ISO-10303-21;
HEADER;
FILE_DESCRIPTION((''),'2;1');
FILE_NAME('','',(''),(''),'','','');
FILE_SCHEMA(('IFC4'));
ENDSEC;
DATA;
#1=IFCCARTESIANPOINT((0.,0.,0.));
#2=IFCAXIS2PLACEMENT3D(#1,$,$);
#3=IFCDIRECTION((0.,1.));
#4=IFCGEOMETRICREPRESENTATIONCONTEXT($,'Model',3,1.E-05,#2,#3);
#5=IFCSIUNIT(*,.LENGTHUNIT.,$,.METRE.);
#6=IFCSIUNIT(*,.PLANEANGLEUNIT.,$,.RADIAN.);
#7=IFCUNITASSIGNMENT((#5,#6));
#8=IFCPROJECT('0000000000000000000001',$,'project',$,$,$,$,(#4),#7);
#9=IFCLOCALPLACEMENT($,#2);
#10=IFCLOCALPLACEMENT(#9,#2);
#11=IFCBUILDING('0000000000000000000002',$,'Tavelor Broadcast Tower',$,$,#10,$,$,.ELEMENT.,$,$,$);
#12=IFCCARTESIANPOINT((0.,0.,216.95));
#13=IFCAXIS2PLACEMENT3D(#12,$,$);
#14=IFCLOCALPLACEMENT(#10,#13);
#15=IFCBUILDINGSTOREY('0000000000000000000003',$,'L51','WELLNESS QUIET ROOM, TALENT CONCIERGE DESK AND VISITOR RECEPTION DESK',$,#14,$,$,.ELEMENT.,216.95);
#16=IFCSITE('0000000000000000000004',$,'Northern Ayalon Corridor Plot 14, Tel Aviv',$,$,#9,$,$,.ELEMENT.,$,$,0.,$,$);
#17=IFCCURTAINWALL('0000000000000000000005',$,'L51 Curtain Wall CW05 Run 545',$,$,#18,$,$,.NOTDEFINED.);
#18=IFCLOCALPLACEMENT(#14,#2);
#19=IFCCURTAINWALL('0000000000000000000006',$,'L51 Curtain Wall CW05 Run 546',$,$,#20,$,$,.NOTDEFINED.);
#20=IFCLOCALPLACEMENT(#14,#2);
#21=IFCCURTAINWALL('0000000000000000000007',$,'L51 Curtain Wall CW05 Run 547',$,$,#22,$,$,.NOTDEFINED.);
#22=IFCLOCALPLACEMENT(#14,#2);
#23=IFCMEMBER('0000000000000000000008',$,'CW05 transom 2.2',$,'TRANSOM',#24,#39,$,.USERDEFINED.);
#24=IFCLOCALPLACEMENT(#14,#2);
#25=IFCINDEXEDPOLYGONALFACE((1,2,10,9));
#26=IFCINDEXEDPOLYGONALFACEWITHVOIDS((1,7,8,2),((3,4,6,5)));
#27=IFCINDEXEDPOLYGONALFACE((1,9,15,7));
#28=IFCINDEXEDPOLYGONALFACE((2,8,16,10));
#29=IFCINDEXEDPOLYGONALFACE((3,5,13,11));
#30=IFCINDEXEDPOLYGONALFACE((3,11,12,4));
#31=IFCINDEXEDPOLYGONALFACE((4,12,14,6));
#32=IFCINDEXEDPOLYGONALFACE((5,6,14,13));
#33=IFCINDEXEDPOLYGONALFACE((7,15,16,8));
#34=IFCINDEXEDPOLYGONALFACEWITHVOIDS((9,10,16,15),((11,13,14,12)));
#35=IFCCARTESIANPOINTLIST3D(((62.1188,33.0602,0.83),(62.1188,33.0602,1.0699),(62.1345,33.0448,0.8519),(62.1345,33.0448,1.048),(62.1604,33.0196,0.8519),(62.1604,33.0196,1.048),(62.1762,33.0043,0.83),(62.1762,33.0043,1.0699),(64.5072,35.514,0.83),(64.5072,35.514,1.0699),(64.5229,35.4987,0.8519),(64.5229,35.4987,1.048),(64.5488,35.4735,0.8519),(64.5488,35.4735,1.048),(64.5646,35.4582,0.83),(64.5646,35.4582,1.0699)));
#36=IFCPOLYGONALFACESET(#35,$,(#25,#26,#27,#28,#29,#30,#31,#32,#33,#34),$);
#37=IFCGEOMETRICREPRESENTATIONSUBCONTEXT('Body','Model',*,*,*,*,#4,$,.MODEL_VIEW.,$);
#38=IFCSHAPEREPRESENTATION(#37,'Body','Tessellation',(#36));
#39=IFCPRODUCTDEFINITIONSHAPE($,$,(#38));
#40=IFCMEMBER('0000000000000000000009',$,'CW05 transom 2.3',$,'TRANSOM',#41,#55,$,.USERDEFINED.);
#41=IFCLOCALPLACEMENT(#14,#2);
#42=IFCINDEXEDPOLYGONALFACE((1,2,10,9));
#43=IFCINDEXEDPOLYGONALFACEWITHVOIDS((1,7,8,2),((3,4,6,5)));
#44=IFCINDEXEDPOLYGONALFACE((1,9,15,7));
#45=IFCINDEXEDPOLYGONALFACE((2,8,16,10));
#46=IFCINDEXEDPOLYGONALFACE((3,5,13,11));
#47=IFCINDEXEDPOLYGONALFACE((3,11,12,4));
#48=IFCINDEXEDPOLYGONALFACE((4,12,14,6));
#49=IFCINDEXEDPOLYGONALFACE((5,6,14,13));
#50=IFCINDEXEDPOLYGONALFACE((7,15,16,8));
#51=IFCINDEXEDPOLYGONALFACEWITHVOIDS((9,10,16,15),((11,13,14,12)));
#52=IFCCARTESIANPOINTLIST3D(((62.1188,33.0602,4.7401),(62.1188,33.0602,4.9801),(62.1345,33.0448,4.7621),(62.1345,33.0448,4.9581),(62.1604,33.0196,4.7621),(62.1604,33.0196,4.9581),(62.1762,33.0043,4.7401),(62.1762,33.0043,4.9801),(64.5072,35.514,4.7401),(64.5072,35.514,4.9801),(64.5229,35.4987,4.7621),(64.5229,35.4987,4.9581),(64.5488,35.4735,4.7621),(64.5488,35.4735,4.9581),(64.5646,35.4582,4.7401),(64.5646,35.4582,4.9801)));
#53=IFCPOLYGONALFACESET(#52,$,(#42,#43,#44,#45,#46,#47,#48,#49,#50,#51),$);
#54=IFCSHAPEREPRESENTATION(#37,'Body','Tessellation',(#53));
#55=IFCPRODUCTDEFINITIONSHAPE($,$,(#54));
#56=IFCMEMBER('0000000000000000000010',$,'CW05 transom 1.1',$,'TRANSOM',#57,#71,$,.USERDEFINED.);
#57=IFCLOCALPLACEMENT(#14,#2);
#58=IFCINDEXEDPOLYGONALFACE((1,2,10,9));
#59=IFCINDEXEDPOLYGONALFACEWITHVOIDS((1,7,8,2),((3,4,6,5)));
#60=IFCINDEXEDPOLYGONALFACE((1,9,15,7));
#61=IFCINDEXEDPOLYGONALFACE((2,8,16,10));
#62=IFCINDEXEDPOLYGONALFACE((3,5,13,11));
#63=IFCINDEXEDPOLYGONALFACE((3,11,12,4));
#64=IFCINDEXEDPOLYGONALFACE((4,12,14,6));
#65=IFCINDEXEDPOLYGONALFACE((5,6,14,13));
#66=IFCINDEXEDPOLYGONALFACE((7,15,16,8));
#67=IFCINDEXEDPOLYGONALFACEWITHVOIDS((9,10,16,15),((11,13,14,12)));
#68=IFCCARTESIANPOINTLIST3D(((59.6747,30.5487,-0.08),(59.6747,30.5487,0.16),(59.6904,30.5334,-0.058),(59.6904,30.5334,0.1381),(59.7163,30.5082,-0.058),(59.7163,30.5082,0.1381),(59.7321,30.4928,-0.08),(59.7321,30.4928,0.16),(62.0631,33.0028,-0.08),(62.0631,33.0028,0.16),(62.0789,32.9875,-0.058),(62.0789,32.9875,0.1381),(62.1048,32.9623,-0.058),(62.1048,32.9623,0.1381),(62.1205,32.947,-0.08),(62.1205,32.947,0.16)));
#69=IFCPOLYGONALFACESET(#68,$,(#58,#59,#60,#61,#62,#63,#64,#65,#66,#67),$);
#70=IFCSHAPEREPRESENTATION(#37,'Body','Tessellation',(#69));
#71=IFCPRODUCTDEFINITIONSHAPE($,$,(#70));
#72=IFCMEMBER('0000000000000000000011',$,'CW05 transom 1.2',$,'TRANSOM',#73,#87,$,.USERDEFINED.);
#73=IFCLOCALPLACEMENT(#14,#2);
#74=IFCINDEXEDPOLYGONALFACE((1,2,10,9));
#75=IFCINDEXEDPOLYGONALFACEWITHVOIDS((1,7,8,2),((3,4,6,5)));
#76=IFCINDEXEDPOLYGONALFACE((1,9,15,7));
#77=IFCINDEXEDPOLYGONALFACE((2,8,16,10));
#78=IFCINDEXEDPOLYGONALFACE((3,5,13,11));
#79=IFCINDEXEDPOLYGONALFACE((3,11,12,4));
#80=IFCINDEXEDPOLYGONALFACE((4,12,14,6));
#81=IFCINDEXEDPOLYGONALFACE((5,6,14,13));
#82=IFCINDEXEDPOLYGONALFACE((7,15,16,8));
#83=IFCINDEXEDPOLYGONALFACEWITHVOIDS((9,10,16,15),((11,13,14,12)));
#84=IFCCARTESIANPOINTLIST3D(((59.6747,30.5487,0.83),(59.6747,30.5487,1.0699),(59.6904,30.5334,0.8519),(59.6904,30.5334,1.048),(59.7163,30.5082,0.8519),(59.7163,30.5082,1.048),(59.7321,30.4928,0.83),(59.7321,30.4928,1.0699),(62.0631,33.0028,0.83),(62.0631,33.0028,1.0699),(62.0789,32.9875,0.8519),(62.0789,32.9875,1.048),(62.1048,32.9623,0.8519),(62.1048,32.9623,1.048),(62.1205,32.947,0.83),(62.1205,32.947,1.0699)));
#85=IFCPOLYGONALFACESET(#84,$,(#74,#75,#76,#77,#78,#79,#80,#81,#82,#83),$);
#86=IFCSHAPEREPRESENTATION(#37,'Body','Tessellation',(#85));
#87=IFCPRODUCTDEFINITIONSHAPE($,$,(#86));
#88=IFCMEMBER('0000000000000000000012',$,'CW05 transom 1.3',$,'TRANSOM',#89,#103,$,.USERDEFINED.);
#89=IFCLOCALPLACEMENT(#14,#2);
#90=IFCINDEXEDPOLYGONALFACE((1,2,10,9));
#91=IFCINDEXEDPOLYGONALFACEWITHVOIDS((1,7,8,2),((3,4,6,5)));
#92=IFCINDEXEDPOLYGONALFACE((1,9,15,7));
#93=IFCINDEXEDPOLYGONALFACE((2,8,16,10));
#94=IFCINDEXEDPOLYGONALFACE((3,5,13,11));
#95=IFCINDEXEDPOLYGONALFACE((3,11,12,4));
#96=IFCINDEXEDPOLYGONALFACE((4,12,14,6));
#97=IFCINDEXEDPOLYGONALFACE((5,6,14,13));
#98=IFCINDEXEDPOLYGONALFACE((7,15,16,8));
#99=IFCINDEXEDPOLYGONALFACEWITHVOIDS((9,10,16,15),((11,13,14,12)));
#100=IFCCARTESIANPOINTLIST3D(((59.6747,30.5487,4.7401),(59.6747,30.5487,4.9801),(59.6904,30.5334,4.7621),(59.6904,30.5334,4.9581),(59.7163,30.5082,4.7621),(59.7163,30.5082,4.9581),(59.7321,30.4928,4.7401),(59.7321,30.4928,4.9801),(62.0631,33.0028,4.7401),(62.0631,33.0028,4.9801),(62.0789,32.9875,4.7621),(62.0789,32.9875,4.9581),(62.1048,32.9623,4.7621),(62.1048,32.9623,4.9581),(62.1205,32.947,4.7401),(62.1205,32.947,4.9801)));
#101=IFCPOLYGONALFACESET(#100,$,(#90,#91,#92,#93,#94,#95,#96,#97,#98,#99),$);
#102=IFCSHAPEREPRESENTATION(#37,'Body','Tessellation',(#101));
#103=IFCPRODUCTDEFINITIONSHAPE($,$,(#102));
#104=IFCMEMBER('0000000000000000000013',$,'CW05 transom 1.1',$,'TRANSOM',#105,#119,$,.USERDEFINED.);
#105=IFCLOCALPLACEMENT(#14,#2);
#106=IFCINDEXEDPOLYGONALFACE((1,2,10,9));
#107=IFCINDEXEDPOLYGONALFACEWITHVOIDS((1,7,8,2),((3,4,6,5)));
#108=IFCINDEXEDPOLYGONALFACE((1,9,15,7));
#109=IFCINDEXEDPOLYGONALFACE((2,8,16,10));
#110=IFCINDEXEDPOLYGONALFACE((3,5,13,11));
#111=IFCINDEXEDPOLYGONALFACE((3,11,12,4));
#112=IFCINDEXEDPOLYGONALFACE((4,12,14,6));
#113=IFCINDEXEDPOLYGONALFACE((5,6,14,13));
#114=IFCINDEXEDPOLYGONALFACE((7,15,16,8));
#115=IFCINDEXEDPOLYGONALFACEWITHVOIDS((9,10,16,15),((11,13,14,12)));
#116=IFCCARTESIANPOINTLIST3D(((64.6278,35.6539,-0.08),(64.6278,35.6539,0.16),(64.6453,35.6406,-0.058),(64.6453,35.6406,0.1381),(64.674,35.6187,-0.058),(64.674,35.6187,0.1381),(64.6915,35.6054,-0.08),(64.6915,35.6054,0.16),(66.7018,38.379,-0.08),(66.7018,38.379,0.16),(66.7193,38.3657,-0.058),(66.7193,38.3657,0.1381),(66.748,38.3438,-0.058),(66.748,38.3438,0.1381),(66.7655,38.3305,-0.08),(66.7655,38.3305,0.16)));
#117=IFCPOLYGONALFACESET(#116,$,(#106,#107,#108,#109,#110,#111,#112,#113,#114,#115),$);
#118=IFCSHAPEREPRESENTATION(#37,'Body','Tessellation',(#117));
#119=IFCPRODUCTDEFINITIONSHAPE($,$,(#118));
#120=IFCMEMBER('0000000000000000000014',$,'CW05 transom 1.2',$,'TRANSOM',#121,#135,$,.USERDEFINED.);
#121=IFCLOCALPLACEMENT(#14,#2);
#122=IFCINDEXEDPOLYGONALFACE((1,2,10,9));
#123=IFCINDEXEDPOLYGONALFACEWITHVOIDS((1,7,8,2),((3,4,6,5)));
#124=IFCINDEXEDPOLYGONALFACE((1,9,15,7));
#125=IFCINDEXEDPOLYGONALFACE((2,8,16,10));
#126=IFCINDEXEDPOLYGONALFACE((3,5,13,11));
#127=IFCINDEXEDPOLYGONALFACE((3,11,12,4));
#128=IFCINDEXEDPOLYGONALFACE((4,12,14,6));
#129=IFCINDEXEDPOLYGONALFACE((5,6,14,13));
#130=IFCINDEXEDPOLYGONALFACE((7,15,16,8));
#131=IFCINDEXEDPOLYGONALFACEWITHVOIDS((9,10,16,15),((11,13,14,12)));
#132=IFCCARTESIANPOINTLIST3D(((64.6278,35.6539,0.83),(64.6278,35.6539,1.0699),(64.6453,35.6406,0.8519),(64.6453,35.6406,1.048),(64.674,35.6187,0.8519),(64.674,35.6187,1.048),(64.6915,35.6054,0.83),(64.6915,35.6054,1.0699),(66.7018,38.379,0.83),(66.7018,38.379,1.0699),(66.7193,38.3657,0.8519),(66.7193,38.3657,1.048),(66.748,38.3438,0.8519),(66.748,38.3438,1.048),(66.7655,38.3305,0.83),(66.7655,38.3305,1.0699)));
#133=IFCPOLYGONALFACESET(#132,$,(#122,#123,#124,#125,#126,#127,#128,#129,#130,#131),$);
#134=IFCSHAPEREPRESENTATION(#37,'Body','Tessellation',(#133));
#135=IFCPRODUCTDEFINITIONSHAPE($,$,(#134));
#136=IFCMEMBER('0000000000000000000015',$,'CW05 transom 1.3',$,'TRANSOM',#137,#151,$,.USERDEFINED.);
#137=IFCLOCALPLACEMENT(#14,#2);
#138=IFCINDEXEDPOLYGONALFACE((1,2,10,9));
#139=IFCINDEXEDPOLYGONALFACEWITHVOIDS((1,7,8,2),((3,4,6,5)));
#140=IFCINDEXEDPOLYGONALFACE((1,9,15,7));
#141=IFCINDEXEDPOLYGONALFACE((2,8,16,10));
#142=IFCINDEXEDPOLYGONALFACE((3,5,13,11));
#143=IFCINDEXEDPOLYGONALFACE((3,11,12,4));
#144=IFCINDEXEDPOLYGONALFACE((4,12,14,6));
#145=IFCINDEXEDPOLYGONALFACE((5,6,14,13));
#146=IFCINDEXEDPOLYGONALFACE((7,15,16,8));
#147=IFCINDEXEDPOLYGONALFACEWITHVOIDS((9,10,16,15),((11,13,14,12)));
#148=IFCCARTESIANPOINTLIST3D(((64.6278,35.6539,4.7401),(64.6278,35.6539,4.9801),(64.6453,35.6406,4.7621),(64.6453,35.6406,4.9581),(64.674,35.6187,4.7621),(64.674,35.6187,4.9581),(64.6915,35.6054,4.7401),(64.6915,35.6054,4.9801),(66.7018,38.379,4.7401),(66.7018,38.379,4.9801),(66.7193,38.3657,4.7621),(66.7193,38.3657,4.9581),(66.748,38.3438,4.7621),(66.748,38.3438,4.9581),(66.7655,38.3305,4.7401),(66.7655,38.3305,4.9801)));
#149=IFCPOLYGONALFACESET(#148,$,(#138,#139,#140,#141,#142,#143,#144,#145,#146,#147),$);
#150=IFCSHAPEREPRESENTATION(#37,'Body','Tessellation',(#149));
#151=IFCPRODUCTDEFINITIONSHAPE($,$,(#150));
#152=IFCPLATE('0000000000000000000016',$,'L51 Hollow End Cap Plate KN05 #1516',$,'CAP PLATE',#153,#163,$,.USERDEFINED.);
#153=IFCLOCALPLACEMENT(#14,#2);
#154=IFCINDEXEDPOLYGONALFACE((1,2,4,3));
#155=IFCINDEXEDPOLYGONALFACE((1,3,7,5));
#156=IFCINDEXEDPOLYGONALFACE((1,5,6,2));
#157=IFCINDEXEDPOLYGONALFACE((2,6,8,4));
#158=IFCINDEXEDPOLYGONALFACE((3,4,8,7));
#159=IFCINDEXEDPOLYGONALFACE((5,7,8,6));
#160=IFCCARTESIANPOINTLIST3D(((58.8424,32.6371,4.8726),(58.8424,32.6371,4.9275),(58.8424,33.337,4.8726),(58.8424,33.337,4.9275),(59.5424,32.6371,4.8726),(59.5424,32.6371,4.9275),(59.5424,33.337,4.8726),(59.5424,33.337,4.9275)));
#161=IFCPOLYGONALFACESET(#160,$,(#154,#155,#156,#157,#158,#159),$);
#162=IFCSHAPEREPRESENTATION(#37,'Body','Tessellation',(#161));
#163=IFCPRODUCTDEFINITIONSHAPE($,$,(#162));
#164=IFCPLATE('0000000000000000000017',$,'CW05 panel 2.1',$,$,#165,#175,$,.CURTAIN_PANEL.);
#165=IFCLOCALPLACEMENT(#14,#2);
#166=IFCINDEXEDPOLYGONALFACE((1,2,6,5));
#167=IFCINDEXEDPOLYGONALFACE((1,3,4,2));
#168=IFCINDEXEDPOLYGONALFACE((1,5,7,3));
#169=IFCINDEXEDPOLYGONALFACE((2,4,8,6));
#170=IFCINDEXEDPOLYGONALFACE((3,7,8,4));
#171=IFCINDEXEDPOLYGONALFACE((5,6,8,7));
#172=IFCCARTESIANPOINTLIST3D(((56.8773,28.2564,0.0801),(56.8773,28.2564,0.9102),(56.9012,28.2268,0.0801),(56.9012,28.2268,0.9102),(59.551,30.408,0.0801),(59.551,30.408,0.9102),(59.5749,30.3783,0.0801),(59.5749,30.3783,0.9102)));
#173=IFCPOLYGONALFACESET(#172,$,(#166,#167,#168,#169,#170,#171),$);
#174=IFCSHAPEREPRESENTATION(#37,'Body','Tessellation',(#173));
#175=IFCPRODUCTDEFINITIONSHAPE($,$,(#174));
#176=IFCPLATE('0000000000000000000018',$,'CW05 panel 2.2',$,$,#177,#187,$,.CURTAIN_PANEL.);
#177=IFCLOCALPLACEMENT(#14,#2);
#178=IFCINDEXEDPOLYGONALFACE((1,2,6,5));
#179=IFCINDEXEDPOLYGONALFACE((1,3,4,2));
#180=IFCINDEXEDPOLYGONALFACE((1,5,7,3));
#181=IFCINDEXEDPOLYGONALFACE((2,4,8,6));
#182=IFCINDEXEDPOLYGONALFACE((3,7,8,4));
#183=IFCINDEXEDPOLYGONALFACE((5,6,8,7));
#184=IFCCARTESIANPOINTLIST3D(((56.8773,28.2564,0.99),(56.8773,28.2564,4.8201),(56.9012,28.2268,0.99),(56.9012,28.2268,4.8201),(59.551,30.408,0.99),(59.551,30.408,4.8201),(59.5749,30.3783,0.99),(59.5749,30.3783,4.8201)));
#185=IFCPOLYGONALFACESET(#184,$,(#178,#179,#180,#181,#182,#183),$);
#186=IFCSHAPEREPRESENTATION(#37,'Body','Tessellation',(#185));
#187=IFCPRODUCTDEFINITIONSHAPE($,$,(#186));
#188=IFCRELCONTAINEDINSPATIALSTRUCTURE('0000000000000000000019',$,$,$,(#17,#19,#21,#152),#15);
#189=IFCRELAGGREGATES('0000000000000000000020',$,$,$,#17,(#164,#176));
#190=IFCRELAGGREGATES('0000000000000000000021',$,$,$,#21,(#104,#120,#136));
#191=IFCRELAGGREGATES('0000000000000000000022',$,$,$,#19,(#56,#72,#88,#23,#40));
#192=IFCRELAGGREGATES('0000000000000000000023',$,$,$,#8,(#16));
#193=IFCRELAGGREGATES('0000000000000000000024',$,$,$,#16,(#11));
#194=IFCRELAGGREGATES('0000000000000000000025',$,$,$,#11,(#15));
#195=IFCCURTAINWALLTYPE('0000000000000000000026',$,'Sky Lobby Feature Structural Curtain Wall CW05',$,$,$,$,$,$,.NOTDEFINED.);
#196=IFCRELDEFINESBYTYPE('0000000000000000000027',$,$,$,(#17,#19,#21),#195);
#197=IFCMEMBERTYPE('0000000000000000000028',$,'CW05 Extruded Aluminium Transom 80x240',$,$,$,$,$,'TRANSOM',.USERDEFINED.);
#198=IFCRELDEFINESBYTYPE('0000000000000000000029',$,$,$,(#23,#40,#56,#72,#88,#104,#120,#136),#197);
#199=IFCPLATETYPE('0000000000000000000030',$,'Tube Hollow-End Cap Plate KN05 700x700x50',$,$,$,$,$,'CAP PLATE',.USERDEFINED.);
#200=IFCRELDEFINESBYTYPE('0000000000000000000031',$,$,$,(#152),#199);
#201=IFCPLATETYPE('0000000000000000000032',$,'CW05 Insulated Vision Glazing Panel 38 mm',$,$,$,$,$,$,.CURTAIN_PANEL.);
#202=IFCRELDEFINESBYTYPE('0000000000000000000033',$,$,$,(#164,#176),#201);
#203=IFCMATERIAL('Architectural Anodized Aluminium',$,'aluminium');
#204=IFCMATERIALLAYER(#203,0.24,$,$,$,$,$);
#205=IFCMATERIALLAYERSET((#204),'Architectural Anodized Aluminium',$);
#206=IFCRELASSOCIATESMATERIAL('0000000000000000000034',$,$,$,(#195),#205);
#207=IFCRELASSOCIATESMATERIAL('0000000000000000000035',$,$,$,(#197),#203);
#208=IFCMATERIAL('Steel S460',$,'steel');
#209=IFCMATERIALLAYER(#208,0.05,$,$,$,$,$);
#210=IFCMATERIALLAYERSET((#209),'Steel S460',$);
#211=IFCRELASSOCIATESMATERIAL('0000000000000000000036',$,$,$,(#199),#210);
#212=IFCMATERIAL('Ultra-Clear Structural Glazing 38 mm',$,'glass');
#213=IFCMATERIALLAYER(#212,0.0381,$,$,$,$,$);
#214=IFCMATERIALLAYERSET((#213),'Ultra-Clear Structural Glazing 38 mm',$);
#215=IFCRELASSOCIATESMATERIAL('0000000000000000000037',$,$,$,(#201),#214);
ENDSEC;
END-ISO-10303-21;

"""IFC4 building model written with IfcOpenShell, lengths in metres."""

from ifc_helpers import new_model, si_unit, direction, frame, origin, origin_2d, place, context, subcontext, project, spatial, rectangle, hollow_rectangle, extrude, source, transform, mapped, material, layer, layer_set, material_profile, profile_set, type_object, type_shapes, element, aggregate, save


model = new_model("IFC4")

# Units and contexts
model_context = context("Model", 3, precision=1e-05, world=origin(), true_north=direction((0.0, 1.0)))
body_context = subcontext(model_context, "Body", "Model", "MODEL_VIEW")
ifc_project = project(units=[si_unit("LENGTHUNIT", "METRE"), si_unit("PLANEANGLEUNIT", "RADIAN")], contexts=[model_context])

# Site, building, storey
site_placement = place(None, origin())
site = spatial("IfcSite", under=ifc_project, at=site_placement, Name="Northern Ayalon Corridor Plot 14, Tel Aviv", CompositionType="ELEMENT", RefElevation=0.0)
building_placement = place(site_placement, origin())
building = spatial("IfcBuilding", under=site, at=building_placement, Name="Tavelor Broadcast Tower", CompositionType="ELEMENT")
storey_placement = place(building_placement, frame((0.0, 0.0, 216.95)))
storey = spatial("IfcBuildingStorey", under=building, at=storey_placement, Name="L51", Description="WELLNESS QUIET ROOM, TALENT CONCIERGE DESK AND VISITOR RECEPTION DESK", CompositionType="ELEMENT", Elevation=216.95)

# Shared definitions
ifc_material_1 = material(Name="Steel S460", Category="steel")

# Curtain wall
ifc_material_2 = material(Name="Architectural Anodized Aluminium", Category="aluminium")
ifc_layer_1 = layer(ifc_material_2, 0.24)
ifc_layer_set_1 = layer_set([ifc_layer_1], Name="Architectural Anodized Aluminium")
curtain_wall_type = type_object("IfcCurtainWallType", Name="Sky Lobby Feature Structural Curtain Wall CW05", PredefinedType="NOTDEFINED", material=ifc_layer_set_1)
curtain_wall_1_placement = place(storey_placement, origin())
curtain_wall_1 = element("IfcCurtainWall", 1, at=curtain_wall_1_placement, inside=storey, type_object=curtain_wall_type, Name="L51 Curtain Wall CW05 Run 545", PredefinedType="NOTDEFINED")

# Curtain wall
curtain_wall_2_placement = place(storey_placement, origin())
curtain_wall_2 = element("IfcCurtainWall", 2, at=curtain_wall_2_placement, inside=storey, type_object=curtain_wall_type, Name="L51 Curtain Wall CW05 Run 546", PredefinedType="NOTDEFINED")

# Curtain wall
curtain_wall_3_placement = place(storey_placement, origin())
curtain_wall_3 = element("IfcCurtainWall", 3, at=curtain_wall_3_placement, inside=storey, type_object=curtain_wall_type, Name="L51 Curtain Wall CW05 Run 547", PredefinedType="NOTDEFINED")

# Members
ifc_material_profile_1 = material_profile(ifc_material_2, hollow_rectangle(XDim=0.0801, YDim=0.24, WallThickness=0.022, at=origin_2d()), Name="RHS 80x240x22")
ifc_profile_set_1 = profile_set([ifc_material_profile_1], Name="Architectural Anodized Aluminium")
member_type_1 = type_object("IfcMemberType", Name="CW05 Extruded Aluminium Transom 80x240", ElementType="TRANSOM", PredefinedType="USERDEFINED", material=ifc_profile_set_1)
shared_shape_1 = source(origin(), body_context, "Body", "SweptSolid", [
    extrude(hollow_rectangle(XDim=0.0801, YDim=0.24, WallThickness=0.022, at=origin_2d()), origin(), (0.0, 0.0, 1.0), 3.4243),
])
member_1_placement = place(storey_placement, frame((62.1475, 33.0322, 0.95), z_axis=(0.697489, 0.716596, 0.0), x_axis=(-0.716596, 0.697489, 0.0)))
member_1 = element("IfcMember", 4, at=member_1_placement, type_object=member_type_1, Name="CW05 transom 2.2", ObjectType="TRANSOM", PredefinedType="USERDEFINED", context=body_context, shape_type="MappedRepresentation", body=[
    mapped(shared_shape_1, transform((0.0, 0.0, 0.0), scale=1.0)),
])
member_2_placement = place(storey_placement, frame((62.1475, 33.0322, 4.8601), z_axis=(0.697489, 0.716596, 0.0), x_axis=(-0.716596, 0.697489, 0.0)))
member_2 = element("IfcMember", 5, at=member_2_placement, type_object=member_type_1, Name="CW05 transom 2.3", ObjectType="TRANSOM", PredefinedType="USERDEFINED", context=body_context, shape_type="MappedRepresentation", body=[
    mapped(shared_shape_1, transform((0.0, 0.0, 0.0), scale=1.0)),
])
shared_shape_2 = source(origin(), body_context, "Body", "SweptSolid", [
    extrude(hollow_rectangle(XDim=0.0801, YDim=0.24, WallThickness=0.022, at=origin_2d()), origin(), (0.0, 0.0, 1.0), 3.4246),
])
type_shapes(member_type_1, [shared_shape_1, shared_shape_2])
member_3_placement = place(storey_placement, frame((59.7034, 30.5208, 0.04), z_axis=(0.697453, 0.716631, 0.0), x_axis=(-0.716631, 0.697453, 0.0)))
member_3 = element("IfcMember", 6, at=member_3_placement, type_object=member_type_1, Name="CW05 transom 1.1", ObjectType="TRANSOM", PredefinedType="USERDEFINED", context=body_context, shape_type="MappedRepresentation", body=[
    mapped(shared_shape_2, transform((0.0, 0.0, 0.0), scale=1.0)),
])
member_4_placement = place(storey_placement, frame((59.7034, 30.5208, 0.95), z_axis=(0.697453, 0.716631, 0.0), x_axis=(-0.716631, 0.697453, 0.0)))
member_4 = element("IfcMember", 7, at=member_4_placement, type_object=member_type_1, Name="CW05 transom 1.2", ObjectType="TRANSOM", PredefinedType="USERDEFINED", context=body_context, shape_type="MappedRepresentation", body=[
    mapped(shared_shape_2, transform((0.0, 0.0, 0.0), scale=1.0)),
])
member_5_placement = place(storey_placement, frame((59.7034, 30.5208, 4.8601), z_axis=(0.697453, 0.716631, 0.0), x_axis=(-0.716631, 0.697453, 0.0)))
member_5 = element("IfcMember", 8, at=member_5_placement, type_object=member_type_1, Name="CW05 transom 1.3", ObjectType="TRANSOM", PredefinedType="USERDEFINED", context=body_context, shape_type="MappedRepresentation", body=[
    mapped(shared_shape_2, transform((0.0, 0.0, 0.0), scale=1.0)),
])
member_6_placement = place(storey_placement, frame((64.6597, 35.6296, 0.04), z_axis=(0.60562, 0.795754, 0.0), x_axis=(-0.795754, 0.60562, 0.0)))
member_6 = element("IfcMember", 9, at=member_6_placement, type_object=member_type_1, Name="CW05 transom 1.1", ObjectType="TRANSOM", PredefinedType="USERDEFINED", context=body_context, shape_type="MappedRepresentation", body=[
    mapped(shared_shape_2, transform((0.0, 0.0, 0.0), scale=1.0)),
])
member_7_placement = place(storey_placement, frame((64.6597, 35.6296, 0.95), z_axis=(0.60562, 0.795754, 0.0), x_axis=(-0.795754, 0.60562, 0.0)))
member_7 = element("IfcMember", 10, at=member_7_placement, type_object=member_type_1, Name="CW05 transom 1.2", ObjectType="TRANSOM", PredefinedType="USERDEFINED", context=body_context, shape_type="MappedRepresentation", body=[
    mapped(shared_shape_2, transform((0.0, 0.0, 0.0), scale=1.0)),
])
member_8_placement = place(storey_placement, frame((64.6597, 35.6296, 4.8601), z_axis=(0.60562, 0.795754, 0.0), x_axis=(-0.795754, 0.60562, 0.0)))
member_8 = element("IfcMember", 11, at=member_8_placement, type_object=member_type_1, Name="CW05 transom 1.3", ObjectType="TRANSOM", PredefinedType="USERDEFINED", context=body_context, shape_type="MappedRepresentation", body=[
    mapped(shared_shape_2, transform((0.0, 0.0, 0.0), scale=1.0)),
])

# Plates
ifc_layer_2 = layer(ifc_material_1, 0.05)
ifc_layer_set_2 = layer_set([ifc_layer_2], Name="Steel S460")
plate_type_1 = type_object("IfcPlateType", Name="Tube Hollow-End Cap Plate KN05 700x700x50", ElementType="CAP PLATE", PredefinedType="USERDEFINED", material=ifc_layer_set_2)
shared_shape_3 = source(origin(), body_context, "Body", "SweptSolid", [
    extrude(rectangle(XDim=0.7, YDim=0.7, at=origin_2d()), origin(), (0.0, 0.0, 1.0), 0.0549),
])
type_shapes(plate_type_1, [shared_shape_3])
plate_1_placement = place(storey_placement, frame((59.1924, 32.9871, 4.8726), z_axis=(0.0, 0.0, 1.0), x_axis=(1.0, 0.0, 0.0)))
element("IfcPlate", 12, at=plate_1_placement, inside=storey, type_object=plate_type_1, Name="L51 Hollow End Cap Plate KN05 #1516", ObjectType="CAP PLATE", PredefinedType="USERDEFINED", context=body_context, shape_type="MappedRepresentation", body=[
    mapped(shared_shape_3, transform((0.0, 0.0, 0.0), scale=1.0)),
])
ifc_material_3 = material(Name="Ultra-Clear Structural Glazing 38 mm", Category="glass")
ifc_layer_3 = layer(ifc_material_3, 0.0381)
ifc_layer_set_3 = layer_set([ifc_layer_3], Name="Ultra-Clear Structural Glazing 38 mm")
plate_type_2 = type_object("IfcPlateType", Name="CW05 Insulated Vision Glazing Panel 38 mm", PredefinedType="CURTAIN_PANEL", material=ifc_layer_set_3)
shared_shape_4 = source(origin(), body_context, "Body", "SweptSolid", [
    extrude(rectangle(XDim=3.4319, YDim=0.0381, at=origin_2d()), origin(), (0.0, 0.0, 1.0), 0.8301),
])
plate_2_placement = place(storey_placement, frame((58.2261, 29.3174, 0.0801), z_axis=(0.0, 0.0, 1.0), x_axis=(0.779069, 0.626938, 0.0)))
plate_2 = element("IfcPlate", 13, at=plate_2_placement, type_object=plate_type_2, Name="CW05 panel 2.1", PredefinedType="CURTAIN_PANEL", context=body_context, shape_type="MappedRepresentation", body=[
    mapped(shared_shape_4, transform((0.0, 0.0, 0.0), scale=1.0)),
])
shared_shape_5 = source(origin(), body_context, "Body", "SweptSolid", [
    extrude(rectangle(XDim=3.4319, YDim=0.0381, at=origin_2d()), origin(), (0.0, 0.0, 1.0), 3.8301),
])
plate_3_placement = place(storey_placement, frame((58.2261, 29.3174, 0.99), z_axis=(0.0, 0.0, 1.0), x_axis=(0.779069, 0.626938, 0.0)))
plate_3 = element("IfcPlate", 14, at=plate_3_placement, type_object=plate_type_2, Name="CW05 panel 2.2", PredefinedType="CURTAIN_PANEL", context=body_context, shape_type="MappedRepresentation", body=[
    mapped(shared_shape_5, transform((0.0, 0.0, 0.0), scale=1.0)),
])
aggregate(curtain_wall_1, [plate_2, plate_3])
aggregate(curtain_wall_3, [member_6, member_7, member_8])
aggregate(curtain_wall_2, [member_3, member_4, member_5, member_1, member_2])

save(model, "model.ifc")
